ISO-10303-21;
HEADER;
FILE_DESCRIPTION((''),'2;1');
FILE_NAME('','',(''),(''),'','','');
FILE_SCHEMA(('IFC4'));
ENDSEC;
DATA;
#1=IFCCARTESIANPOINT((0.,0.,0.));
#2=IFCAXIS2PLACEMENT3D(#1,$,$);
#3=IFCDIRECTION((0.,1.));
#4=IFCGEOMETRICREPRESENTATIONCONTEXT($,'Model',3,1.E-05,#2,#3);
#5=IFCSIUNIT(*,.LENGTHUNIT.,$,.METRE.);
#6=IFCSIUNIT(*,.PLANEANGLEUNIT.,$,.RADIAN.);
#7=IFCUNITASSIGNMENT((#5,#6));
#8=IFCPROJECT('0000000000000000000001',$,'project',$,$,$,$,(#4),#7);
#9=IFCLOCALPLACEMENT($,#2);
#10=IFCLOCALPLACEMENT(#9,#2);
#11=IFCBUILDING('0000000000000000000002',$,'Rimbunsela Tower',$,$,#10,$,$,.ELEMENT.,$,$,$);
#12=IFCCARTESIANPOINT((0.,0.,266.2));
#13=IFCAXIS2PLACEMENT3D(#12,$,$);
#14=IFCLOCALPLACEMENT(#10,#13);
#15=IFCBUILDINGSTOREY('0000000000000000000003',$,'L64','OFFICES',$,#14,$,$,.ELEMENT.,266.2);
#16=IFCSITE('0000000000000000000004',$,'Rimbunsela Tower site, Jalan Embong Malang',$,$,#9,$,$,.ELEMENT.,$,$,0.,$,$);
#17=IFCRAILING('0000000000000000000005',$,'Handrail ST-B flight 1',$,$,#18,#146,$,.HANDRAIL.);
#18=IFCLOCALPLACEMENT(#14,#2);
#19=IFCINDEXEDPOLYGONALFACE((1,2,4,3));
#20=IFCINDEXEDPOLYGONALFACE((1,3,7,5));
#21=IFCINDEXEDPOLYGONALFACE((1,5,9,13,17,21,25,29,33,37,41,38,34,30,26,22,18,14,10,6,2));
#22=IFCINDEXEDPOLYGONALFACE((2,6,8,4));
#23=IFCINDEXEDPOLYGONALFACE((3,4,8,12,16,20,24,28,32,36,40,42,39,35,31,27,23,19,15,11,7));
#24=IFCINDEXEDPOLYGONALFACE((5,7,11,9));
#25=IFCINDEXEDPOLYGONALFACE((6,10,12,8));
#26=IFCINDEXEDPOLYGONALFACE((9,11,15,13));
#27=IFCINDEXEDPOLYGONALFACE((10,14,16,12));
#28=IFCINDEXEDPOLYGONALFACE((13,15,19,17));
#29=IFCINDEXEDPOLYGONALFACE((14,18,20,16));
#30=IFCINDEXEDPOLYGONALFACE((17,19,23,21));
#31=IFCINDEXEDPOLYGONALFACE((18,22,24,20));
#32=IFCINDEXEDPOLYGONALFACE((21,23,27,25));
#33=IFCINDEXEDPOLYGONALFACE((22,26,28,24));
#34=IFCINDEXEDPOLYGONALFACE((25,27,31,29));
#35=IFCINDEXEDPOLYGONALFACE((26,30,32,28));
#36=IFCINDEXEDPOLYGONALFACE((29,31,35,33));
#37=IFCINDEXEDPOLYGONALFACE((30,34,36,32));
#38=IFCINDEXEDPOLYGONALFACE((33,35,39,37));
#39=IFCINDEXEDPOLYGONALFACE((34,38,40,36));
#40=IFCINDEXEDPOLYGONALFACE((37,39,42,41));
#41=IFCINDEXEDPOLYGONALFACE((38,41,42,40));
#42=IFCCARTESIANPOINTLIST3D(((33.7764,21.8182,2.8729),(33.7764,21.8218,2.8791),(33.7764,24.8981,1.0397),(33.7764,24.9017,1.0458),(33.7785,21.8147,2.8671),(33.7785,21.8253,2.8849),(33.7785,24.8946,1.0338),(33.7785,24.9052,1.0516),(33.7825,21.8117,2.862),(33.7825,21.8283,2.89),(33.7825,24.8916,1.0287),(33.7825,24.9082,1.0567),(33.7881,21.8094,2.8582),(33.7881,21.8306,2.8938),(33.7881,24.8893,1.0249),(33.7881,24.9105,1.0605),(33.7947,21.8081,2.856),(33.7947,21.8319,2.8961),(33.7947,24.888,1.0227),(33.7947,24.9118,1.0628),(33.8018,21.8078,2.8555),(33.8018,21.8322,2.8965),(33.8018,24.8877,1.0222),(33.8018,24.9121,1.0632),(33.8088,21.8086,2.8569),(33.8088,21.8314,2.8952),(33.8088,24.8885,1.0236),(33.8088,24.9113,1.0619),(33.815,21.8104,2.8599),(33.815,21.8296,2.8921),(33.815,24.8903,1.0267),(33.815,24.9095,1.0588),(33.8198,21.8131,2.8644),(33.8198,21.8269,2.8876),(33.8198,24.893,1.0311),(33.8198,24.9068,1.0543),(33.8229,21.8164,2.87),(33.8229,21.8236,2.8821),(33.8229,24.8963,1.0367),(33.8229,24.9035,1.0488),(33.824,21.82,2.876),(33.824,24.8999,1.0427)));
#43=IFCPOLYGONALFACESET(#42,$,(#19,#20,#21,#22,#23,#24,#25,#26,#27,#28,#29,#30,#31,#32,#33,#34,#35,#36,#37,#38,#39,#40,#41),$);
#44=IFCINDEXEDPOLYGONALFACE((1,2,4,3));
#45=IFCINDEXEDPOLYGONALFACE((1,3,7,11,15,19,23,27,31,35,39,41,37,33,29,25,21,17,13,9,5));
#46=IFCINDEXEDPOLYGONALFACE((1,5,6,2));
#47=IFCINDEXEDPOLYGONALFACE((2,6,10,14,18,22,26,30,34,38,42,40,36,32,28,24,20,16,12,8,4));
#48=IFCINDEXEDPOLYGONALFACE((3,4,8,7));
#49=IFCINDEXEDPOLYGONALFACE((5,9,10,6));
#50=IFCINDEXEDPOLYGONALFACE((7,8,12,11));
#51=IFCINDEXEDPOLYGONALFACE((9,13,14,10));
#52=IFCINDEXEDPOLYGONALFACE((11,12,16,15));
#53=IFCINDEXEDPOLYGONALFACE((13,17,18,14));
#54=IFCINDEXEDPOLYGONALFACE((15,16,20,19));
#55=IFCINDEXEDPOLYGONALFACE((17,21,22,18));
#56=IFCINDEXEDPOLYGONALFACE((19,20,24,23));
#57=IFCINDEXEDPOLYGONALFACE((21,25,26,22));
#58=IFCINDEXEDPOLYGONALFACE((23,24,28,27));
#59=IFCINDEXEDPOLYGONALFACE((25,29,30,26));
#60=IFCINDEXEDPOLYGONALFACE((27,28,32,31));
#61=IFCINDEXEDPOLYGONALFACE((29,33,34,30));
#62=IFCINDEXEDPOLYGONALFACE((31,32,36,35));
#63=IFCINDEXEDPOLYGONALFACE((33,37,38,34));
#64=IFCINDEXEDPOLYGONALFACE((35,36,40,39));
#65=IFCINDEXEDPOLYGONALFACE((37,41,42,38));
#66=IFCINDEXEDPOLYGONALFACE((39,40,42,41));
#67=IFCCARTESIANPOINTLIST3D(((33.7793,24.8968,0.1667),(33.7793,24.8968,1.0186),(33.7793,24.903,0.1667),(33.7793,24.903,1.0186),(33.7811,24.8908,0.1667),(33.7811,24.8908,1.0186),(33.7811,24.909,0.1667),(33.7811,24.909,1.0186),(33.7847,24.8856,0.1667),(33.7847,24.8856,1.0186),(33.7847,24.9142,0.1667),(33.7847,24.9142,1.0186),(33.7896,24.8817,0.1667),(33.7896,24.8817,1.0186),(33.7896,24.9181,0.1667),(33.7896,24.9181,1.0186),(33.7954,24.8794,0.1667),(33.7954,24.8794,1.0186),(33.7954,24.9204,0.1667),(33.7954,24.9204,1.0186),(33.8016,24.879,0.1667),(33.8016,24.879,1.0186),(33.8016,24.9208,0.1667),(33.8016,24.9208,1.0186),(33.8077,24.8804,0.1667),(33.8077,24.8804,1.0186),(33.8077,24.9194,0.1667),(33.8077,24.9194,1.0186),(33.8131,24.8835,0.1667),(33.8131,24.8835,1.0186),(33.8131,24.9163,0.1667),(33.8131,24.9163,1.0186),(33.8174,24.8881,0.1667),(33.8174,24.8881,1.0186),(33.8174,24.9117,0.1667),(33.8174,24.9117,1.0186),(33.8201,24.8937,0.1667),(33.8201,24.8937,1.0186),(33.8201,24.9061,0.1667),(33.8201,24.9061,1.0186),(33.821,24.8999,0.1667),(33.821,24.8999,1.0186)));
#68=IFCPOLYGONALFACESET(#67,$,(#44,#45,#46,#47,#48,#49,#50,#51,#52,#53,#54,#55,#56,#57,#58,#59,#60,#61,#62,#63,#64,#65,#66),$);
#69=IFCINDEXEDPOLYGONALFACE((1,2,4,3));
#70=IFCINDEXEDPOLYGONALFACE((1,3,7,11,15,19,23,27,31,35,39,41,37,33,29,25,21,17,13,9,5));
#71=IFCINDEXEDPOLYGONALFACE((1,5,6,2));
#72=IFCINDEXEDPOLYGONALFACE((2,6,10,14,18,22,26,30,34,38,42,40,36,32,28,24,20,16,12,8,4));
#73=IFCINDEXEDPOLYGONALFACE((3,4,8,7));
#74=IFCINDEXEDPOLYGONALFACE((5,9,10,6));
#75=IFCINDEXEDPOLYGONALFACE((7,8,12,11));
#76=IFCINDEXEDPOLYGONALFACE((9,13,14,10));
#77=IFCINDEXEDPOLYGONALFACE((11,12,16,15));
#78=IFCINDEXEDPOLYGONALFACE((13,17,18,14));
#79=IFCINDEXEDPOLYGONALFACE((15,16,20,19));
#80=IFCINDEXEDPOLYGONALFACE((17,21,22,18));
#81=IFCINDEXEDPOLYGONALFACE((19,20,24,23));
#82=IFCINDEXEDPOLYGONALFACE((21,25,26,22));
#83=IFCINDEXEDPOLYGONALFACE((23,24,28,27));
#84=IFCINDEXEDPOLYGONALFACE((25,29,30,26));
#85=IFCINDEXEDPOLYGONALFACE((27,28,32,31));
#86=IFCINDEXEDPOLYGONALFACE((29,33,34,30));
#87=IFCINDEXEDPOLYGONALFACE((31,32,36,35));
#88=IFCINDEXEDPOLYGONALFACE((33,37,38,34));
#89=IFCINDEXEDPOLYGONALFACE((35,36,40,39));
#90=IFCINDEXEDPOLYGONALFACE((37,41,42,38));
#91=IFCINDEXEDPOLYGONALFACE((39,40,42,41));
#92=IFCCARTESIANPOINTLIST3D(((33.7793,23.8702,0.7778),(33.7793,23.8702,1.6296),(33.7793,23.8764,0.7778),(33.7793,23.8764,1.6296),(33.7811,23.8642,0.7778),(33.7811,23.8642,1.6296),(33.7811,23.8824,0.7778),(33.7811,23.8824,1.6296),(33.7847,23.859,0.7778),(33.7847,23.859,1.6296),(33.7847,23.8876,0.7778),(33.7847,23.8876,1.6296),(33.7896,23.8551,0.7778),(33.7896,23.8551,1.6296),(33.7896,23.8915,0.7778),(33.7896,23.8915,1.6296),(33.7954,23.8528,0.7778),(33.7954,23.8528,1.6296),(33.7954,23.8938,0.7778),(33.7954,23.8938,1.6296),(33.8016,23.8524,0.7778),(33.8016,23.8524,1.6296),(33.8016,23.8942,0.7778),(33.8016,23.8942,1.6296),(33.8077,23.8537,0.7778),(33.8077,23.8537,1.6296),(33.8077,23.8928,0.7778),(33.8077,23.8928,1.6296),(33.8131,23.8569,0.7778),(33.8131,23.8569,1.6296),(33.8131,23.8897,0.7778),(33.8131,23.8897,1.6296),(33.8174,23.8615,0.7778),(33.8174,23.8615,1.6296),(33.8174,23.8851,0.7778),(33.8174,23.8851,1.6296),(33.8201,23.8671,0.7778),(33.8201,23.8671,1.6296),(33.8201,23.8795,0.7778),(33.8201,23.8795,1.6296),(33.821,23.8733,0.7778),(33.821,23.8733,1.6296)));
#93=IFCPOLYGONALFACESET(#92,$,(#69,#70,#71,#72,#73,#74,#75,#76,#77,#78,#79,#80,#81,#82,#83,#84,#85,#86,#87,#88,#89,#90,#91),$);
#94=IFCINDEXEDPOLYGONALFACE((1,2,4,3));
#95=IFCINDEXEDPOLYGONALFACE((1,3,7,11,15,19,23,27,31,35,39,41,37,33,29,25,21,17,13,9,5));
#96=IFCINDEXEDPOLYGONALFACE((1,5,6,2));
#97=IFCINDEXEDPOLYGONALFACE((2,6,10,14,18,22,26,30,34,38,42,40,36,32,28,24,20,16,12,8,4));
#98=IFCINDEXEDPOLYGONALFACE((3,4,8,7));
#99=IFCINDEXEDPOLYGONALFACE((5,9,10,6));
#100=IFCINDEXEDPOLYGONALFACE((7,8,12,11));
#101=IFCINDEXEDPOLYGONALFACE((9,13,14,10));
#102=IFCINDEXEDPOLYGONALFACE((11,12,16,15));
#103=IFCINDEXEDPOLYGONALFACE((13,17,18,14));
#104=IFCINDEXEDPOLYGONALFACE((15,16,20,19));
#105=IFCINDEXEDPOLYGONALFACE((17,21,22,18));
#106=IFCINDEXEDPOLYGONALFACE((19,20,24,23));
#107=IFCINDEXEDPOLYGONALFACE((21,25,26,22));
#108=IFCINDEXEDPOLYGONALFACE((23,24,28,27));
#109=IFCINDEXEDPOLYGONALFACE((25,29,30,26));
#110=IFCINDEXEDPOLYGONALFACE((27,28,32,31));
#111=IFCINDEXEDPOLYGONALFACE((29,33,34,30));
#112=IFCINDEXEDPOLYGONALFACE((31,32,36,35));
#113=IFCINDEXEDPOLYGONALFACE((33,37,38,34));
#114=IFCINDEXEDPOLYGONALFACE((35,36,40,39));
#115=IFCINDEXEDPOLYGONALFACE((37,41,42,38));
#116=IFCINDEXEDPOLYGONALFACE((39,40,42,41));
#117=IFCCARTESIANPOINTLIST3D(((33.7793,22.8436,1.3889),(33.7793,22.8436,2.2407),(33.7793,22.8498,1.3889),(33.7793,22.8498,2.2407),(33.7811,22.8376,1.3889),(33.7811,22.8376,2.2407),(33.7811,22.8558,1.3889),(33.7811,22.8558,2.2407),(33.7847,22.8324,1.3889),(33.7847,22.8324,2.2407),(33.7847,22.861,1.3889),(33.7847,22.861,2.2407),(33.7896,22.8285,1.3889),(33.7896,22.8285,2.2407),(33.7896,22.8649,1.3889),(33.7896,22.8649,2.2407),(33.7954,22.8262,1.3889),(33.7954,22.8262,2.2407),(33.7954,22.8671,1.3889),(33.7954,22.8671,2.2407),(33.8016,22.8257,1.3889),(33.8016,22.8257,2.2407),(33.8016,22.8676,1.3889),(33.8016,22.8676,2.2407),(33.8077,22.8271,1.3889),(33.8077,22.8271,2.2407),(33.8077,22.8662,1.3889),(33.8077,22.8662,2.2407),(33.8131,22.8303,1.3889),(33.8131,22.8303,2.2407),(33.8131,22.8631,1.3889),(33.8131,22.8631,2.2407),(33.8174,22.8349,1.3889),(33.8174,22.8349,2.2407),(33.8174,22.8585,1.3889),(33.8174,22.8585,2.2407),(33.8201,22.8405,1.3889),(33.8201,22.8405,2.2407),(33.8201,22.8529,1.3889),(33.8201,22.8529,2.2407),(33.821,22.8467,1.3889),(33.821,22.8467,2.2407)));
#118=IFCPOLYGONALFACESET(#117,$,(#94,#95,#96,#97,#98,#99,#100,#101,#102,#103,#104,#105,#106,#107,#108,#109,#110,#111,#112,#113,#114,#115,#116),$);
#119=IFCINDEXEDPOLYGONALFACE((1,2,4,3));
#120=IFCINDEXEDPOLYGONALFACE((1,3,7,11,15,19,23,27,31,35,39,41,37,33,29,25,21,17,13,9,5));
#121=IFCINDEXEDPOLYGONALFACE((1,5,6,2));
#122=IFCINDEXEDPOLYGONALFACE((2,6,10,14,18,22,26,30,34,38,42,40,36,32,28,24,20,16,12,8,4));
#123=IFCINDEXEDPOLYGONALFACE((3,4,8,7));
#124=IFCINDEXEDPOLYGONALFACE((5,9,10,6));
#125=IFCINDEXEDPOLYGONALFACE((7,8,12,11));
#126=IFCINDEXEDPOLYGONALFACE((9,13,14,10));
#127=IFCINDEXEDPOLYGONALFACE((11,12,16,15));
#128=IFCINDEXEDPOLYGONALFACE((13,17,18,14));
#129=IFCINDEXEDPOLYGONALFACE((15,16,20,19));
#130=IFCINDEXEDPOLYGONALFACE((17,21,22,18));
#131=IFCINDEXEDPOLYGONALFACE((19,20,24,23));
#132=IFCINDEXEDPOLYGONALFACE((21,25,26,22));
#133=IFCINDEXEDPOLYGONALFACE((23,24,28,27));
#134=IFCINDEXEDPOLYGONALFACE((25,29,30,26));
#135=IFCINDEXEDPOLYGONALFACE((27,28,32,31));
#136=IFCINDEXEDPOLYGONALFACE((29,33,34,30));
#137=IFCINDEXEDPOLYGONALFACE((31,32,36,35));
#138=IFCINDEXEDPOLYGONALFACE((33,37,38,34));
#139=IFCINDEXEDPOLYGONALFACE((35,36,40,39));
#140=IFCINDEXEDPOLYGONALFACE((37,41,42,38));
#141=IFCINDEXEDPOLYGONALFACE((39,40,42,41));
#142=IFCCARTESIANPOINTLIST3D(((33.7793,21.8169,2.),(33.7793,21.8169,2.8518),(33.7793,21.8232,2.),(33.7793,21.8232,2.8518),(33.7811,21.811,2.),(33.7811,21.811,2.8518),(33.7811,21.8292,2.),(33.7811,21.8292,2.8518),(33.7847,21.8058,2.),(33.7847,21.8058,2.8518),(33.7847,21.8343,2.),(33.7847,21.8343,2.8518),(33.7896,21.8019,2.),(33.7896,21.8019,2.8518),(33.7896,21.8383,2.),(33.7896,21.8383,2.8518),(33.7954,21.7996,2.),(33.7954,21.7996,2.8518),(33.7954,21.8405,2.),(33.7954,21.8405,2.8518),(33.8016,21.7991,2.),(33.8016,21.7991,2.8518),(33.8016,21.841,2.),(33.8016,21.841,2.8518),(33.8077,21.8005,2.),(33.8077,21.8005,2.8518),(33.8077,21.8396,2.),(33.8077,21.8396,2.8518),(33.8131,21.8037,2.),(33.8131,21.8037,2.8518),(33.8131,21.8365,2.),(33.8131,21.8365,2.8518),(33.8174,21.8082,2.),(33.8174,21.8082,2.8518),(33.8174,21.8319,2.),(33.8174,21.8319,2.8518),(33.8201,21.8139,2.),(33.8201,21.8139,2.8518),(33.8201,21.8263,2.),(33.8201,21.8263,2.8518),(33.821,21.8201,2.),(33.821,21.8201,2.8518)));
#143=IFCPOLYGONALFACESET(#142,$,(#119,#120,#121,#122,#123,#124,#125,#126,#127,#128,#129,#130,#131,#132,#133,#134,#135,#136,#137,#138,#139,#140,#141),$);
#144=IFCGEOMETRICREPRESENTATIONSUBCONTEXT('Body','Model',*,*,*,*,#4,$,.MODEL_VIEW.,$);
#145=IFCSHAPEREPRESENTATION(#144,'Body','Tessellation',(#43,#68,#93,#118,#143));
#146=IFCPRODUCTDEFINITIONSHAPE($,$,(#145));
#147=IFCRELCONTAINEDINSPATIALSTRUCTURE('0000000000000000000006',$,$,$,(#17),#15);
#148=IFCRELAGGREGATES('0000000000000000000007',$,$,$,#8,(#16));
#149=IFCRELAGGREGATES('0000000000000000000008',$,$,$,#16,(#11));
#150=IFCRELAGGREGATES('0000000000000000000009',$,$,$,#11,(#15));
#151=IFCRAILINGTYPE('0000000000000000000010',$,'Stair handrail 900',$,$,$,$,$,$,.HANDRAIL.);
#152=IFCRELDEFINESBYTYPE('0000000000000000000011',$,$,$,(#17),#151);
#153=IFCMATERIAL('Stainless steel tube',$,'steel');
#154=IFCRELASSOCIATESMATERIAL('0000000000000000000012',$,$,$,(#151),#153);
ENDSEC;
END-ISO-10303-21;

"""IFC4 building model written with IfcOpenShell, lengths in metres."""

from ifc_helpers import new_model, si_unit, direction, frame, origin, origin_2d, place, context, subcontext, project, spatial, circle, extrude, material, type_object, element, save


model = new_model("IFC4")

# Units and contexts
model_context = context("Model", 3, precision=1e-05, world=origin(), true_north=direction((0.0, 1.0)))
body_context = subcontext(model_context, "Body", "Model", "MODEL_VIEW")
ifc_project = project(units=[si_unit("LENGTHUNIT", "METRE"), si_unit("PLANEANGLEUNIT", "RADIAN")], contexts=[model_context])

# Site, building, storey
site_placement = place(None, origin())
site = spatial("IfcSite", under=ifc_project, at=site_placement, Name="Rimbunsela Tower site, Jalan Embong Malang", CompositionType="ELEMENT", RefElevation=0.0)
building_placement = place(site_placement, origin())
building = spatial("IfcBuilding", under=site, at=building_placement, Name="Rimbunsela Tower", CompositionType="ELEMENT")
storey_placement = place(building_placement, frame((0.0, 0.0, 266.2)))
storey = spatial("IfcBuildingStorey", under=building, at=storey_placement, Name="L64", Description="OFFICES", CompositionType="ELEMENT", Elevation=266.2)

# Railing
ifc_material_1 = material(Name="Stainless steel tube", Category="steel")
railing_type = type_object("IfcRailingType", Name="Stair handrail 900", PredefinedType="HANDRAIL", material=ifc_material_1)
for number, where, name in (
    (1, (33.8, 24.8999, 0.1667), "Handrail ST-B flight 1"),
):
    element("IfcRailing", number, at=place(storey_placement, frame(where)), inside=storey, type_object=railing_type, Name=name, PredefinedType="HANDRAIL", context=body_context, shape_type="SweptSolid", body=[
        extrude(circle(Radius=0.0239, at=origin_2d()), frame((0.0, 0.0, 0.876), z_axis=(0.0, -0.859291, 0.511487), x_axis=(1.0, 0.0, 0.0)), (0.0, 0.0, 1.0), 3.5842),
        extrude(circle(Radius=0.021, at=origin_2d()), origin(), (0.0, 0.0, 1.0), 0.8518),
        extrude(circle(Radius=0.021, at=origin_2d()), frame((0.0, -1.0266, 0.6111)), (0.0, 0.0, 1.0), 0.8518),
        extrude(circle(Radius=0.021, at=origin_2d()), frame((0.0, -2.0532, 1.2222)), (0.0, 0.0, 1.0), 0.8518),
        extrude(circle(Radius=0.021, at=origin_2d()), frame((0.0, -3.0798, 1.8333)), (0.0, 0.0, 1.0), 0.8518),
    ])

save(model, "model.ifc")
